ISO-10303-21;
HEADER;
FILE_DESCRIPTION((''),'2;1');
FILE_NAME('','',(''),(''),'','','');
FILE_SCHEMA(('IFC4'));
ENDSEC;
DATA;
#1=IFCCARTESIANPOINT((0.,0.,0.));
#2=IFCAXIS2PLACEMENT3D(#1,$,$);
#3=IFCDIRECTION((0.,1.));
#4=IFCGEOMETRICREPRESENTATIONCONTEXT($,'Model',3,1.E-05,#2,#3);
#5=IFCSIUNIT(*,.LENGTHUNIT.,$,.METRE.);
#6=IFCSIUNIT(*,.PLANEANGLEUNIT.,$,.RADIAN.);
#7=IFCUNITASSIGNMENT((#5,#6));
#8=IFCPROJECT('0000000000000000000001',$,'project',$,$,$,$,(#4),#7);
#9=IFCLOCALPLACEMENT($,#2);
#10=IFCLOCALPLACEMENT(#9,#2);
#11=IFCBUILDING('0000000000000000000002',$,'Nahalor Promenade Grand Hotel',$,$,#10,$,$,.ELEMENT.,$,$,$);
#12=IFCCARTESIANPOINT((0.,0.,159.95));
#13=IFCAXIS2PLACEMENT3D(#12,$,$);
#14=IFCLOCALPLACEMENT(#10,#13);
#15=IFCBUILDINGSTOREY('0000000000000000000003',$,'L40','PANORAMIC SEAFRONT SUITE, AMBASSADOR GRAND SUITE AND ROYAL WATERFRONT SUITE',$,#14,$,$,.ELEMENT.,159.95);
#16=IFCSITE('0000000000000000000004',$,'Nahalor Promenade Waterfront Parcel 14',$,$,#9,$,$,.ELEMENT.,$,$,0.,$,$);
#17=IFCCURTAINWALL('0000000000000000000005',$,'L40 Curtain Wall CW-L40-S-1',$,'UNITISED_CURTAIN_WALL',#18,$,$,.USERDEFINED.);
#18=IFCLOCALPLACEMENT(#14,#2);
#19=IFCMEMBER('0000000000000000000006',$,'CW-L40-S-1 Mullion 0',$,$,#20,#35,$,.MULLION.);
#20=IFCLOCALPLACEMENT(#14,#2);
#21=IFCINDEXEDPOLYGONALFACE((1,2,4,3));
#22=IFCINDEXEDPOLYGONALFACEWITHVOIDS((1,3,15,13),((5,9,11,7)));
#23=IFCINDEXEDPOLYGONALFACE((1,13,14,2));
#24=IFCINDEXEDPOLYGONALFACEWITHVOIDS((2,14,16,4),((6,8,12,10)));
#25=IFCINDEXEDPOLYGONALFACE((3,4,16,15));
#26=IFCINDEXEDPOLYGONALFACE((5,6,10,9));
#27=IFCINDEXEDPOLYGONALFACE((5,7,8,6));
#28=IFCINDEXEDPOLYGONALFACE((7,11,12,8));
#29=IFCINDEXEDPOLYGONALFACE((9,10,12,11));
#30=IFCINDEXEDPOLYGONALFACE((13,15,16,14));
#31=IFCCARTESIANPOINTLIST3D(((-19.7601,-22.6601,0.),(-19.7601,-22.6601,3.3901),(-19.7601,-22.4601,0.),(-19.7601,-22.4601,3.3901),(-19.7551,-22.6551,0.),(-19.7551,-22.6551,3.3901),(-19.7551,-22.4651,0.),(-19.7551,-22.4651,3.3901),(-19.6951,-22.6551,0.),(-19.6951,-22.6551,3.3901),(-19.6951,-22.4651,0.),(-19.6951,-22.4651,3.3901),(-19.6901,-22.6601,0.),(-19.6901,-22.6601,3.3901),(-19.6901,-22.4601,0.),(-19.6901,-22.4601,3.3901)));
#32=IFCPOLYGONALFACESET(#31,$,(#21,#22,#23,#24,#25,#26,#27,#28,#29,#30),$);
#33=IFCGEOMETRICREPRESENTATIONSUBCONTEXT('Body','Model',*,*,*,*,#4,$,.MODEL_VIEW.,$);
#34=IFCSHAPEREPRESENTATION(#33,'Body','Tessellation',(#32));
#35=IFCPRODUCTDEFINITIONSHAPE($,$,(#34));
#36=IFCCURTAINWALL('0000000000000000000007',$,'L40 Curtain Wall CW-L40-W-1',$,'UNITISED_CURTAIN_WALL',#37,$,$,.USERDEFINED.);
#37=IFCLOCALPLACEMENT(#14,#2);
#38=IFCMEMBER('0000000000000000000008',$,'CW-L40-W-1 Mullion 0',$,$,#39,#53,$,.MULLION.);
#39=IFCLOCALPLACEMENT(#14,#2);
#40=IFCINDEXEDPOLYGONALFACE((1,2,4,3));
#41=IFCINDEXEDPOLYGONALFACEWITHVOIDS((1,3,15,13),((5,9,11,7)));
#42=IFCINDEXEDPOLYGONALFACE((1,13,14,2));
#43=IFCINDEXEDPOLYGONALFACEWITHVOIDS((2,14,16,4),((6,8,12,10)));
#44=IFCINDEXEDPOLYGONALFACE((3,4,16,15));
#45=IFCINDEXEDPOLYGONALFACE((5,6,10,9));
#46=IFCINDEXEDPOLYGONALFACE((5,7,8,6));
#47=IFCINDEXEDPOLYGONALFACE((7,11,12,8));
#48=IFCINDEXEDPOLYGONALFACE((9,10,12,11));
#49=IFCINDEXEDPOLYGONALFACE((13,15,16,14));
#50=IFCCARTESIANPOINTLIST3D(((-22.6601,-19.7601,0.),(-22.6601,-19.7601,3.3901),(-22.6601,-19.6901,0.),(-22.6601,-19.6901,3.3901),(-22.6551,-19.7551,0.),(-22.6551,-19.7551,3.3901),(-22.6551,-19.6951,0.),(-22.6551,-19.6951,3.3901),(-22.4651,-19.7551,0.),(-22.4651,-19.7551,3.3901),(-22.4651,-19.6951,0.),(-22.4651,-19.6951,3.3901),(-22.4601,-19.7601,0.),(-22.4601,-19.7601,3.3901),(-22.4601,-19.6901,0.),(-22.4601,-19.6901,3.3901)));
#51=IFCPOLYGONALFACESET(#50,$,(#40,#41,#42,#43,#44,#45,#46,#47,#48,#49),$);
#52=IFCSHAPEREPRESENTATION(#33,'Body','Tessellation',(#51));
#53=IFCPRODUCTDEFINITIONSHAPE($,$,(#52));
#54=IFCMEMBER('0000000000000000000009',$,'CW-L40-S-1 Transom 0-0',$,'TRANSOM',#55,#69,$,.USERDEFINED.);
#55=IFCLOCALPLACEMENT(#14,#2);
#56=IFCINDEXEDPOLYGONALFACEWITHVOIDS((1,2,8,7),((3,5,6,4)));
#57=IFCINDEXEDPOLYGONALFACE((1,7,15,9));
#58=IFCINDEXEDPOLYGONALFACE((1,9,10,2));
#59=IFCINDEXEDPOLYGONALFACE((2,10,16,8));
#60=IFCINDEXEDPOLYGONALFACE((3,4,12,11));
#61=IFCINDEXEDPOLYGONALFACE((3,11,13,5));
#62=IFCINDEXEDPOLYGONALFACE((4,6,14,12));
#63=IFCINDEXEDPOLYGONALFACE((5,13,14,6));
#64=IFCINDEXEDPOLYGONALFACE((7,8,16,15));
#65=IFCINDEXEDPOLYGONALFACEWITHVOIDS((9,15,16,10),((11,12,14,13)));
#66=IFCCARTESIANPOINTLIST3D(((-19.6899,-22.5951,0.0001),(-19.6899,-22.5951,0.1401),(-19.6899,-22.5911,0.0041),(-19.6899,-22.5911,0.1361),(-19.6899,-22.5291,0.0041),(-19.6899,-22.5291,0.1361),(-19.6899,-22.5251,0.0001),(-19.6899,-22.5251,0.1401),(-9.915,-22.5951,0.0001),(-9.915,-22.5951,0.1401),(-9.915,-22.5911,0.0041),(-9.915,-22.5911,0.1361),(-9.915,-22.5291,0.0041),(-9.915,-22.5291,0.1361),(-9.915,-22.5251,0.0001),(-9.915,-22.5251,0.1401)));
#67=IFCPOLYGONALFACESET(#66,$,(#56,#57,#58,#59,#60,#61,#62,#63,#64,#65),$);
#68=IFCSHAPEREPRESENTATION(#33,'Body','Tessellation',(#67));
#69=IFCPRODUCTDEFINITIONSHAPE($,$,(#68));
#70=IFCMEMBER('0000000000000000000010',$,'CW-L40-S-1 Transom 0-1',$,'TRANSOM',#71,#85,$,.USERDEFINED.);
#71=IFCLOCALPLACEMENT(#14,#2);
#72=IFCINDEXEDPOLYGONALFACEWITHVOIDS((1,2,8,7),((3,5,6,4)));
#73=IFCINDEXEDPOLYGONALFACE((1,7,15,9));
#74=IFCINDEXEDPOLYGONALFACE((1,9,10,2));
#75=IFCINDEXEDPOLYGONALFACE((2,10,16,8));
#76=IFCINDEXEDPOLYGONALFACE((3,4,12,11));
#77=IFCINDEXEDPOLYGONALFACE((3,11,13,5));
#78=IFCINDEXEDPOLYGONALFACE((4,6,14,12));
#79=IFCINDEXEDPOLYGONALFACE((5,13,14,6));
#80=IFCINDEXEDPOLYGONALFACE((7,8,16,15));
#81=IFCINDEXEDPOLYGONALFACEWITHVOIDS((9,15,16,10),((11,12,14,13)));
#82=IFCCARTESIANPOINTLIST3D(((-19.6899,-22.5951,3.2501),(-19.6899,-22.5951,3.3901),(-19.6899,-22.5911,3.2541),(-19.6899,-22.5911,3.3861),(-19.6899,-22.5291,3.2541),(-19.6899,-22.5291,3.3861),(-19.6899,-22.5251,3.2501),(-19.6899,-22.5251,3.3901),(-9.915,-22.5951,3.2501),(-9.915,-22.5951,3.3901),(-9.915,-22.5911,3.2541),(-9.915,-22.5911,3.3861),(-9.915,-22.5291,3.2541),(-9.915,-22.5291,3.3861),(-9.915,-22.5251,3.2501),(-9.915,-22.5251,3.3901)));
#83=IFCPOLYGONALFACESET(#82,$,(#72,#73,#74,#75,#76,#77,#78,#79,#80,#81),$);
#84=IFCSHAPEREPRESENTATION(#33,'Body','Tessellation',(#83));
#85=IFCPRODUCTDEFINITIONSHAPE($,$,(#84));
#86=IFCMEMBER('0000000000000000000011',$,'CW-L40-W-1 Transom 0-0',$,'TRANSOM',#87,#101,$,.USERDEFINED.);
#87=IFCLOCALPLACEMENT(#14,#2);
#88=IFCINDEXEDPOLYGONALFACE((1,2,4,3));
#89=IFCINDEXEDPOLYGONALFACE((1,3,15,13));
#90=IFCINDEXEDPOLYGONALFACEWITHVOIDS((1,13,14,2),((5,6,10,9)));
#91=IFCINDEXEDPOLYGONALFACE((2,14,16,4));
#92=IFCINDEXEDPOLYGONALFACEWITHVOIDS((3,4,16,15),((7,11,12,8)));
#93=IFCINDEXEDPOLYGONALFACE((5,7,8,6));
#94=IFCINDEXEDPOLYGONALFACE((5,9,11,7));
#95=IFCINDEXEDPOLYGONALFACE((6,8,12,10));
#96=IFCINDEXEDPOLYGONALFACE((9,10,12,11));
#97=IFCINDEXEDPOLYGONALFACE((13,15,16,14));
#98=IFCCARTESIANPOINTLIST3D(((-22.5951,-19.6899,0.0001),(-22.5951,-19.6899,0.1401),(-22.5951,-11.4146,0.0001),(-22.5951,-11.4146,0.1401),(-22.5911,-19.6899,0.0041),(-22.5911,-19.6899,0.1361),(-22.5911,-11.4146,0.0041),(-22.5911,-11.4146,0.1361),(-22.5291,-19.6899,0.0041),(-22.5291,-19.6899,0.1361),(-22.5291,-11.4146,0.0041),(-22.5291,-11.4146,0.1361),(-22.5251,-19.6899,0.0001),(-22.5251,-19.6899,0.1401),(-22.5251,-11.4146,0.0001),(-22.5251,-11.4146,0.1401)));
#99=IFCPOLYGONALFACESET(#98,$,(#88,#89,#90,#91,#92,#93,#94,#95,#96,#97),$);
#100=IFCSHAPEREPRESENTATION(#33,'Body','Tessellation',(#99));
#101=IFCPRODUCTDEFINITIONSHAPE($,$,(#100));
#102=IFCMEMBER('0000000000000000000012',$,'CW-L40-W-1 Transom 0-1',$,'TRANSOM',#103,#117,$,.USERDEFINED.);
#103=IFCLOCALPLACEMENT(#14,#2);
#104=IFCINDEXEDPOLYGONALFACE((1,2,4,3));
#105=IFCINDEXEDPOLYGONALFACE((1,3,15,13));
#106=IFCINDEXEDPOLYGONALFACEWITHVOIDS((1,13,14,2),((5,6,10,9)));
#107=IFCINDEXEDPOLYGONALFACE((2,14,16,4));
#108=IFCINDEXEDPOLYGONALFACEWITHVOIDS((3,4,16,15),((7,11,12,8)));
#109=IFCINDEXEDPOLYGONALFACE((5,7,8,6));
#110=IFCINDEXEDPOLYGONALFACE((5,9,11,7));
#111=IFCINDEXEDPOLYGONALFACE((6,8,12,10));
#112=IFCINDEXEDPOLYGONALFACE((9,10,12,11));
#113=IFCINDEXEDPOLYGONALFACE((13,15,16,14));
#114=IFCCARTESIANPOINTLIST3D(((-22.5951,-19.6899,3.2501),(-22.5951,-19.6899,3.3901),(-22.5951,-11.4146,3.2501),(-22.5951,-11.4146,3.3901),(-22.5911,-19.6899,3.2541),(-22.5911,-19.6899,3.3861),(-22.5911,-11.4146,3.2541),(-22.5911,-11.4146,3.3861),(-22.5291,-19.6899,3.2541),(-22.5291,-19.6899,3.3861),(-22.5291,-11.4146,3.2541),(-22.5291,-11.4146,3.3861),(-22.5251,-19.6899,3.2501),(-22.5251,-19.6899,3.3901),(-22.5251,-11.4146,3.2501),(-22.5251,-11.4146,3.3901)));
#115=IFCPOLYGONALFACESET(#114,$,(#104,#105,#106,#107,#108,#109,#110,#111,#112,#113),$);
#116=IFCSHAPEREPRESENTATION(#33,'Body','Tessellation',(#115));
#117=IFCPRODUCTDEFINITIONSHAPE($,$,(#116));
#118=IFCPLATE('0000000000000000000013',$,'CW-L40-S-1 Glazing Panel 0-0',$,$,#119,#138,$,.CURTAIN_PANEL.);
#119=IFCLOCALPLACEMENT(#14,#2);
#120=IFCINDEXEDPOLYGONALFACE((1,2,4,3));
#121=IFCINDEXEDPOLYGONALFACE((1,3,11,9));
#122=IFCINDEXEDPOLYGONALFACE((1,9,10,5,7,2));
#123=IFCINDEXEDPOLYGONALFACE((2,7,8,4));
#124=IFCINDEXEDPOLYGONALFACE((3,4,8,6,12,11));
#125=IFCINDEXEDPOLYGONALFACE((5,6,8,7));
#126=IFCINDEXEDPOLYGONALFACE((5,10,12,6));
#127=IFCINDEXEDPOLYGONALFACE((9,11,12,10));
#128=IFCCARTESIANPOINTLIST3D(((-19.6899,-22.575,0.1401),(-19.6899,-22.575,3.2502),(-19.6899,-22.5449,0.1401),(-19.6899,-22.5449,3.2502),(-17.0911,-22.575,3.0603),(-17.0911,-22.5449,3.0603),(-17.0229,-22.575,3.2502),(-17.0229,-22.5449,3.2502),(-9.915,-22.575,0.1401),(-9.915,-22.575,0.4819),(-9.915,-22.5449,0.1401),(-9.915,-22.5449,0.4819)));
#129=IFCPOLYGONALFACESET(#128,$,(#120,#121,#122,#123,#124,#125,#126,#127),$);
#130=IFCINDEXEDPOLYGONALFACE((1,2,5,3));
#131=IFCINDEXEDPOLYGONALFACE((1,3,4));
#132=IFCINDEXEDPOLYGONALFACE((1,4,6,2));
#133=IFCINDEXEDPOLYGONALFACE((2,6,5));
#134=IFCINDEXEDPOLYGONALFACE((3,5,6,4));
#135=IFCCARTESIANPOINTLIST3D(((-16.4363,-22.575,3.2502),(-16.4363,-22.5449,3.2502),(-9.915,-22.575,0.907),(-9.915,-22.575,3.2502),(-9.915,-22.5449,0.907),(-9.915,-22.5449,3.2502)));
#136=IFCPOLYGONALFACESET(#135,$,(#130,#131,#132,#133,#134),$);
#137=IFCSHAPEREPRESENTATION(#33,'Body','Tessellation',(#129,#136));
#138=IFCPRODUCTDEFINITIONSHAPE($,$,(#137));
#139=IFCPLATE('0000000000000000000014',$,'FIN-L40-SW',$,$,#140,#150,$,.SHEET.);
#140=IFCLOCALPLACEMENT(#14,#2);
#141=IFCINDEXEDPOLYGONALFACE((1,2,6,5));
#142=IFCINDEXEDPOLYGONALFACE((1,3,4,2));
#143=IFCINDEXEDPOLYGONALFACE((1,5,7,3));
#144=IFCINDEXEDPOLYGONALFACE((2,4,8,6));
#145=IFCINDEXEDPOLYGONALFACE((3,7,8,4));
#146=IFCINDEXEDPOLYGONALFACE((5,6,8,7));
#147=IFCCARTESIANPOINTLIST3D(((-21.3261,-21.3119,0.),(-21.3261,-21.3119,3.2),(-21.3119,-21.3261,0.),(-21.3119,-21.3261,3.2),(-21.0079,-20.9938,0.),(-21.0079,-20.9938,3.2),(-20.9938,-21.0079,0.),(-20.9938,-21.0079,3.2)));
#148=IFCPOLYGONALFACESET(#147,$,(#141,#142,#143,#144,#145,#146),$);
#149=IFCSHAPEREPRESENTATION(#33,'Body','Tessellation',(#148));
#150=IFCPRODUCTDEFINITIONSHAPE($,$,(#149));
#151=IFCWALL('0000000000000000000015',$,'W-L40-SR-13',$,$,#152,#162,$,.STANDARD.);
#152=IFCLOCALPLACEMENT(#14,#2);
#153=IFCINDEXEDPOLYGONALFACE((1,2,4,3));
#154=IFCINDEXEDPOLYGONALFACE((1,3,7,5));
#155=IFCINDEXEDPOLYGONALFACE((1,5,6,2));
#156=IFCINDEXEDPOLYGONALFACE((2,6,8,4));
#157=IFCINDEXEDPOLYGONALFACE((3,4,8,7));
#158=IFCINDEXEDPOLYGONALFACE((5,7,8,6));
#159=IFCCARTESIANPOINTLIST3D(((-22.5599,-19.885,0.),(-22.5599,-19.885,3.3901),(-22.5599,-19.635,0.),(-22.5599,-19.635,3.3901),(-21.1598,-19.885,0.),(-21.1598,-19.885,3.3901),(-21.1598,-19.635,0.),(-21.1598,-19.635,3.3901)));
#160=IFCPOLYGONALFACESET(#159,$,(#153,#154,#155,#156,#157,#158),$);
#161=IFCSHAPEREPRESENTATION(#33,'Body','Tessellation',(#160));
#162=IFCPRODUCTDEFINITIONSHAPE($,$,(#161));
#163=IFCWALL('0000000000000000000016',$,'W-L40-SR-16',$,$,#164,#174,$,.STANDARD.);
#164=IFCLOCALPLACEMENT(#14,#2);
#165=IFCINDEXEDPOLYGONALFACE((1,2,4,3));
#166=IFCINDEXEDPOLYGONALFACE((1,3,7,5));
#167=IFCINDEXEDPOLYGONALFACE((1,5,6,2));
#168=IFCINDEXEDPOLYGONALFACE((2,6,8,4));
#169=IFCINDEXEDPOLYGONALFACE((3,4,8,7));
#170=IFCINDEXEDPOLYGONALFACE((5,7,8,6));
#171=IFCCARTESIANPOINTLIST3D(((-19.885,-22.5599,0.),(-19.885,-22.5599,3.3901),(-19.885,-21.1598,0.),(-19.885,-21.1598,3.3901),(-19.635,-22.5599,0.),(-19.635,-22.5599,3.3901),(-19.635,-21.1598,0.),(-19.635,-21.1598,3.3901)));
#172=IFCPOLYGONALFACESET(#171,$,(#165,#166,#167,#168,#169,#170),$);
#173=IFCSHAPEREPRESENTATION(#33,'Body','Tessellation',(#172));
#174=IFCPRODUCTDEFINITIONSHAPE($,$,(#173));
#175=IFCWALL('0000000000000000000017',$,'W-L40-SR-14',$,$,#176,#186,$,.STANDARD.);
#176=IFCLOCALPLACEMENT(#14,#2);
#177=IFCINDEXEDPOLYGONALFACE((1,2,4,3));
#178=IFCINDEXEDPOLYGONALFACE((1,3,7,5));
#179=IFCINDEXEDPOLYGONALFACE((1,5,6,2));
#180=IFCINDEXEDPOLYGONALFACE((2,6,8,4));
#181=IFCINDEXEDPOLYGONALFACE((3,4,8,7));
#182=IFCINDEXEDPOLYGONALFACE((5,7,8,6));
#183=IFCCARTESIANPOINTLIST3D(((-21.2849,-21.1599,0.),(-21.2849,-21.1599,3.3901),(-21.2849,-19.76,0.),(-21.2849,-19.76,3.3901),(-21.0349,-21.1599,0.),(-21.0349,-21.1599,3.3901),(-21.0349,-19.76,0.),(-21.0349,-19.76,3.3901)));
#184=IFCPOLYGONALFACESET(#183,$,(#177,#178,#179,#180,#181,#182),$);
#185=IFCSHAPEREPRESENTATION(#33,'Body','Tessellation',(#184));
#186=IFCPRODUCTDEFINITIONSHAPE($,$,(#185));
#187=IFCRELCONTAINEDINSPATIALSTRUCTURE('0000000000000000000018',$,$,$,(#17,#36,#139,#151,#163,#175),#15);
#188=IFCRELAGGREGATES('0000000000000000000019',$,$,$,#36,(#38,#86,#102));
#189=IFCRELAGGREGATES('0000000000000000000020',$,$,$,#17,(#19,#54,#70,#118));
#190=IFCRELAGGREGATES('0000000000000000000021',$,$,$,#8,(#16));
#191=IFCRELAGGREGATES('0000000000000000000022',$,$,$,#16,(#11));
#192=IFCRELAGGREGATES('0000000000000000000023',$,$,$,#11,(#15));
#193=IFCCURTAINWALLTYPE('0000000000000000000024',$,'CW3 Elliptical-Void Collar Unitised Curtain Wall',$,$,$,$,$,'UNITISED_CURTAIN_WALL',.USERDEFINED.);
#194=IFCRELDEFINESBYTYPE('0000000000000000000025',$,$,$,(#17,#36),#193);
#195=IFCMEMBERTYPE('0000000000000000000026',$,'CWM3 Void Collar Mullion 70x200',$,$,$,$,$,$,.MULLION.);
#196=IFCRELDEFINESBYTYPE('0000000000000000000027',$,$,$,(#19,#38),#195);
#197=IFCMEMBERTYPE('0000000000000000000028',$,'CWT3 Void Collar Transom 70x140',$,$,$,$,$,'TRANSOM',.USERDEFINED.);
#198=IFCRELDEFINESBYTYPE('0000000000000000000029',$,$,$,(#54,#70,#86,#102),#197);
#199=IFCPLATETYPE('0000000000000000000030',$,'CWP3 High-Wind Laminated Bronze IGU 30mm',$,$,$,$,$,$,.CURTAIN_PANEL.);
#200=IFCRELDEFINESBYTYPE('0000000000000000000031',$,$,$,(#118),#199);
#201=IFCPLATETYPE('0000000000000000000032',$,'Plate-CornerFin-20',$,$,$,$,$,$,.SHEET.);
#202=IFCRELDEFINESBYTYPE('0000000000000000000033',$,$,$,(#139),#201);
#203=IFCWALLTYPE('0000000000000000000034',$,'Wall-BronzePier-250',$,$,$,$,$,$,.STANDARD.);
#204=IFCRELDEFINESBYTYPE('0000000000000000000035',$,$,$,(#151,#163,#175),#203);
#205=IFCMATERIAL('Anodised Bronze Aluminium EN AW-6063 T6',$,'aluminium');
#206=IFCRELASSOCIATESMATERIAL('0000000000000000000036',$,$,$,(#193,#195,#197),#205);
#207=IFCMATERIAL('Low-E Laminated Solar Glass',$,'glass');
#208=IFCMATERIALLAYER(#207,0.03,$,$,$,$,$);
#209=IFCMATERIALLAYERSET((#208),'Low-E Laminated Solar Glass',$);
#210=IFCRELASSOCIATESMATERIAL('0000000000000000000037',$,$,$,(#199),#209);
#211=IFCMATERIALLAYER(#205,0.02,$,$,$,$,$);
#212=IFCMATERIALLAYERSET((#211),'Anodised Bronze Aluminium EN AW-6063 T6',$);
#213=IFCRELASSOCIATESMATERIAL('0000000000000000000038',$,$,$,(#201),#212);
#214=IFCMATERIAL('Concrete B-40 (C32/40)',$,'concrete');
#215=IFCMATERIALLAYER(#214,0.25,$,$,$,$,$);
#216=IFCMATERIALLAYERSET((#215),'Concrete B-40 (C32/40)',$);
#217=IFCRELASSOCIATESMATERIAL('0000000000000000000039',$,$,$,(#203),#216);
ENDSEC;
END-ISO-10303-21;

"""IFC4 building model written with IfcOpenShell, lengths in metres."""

from ifc_helpers import new_model, si_unit, direction, frame, frame_2d, origin, origin_2d, place, context, subcontext, project, spatial, polyline, rectangle, hollow_rectangle, outline, extrude, source, transform, mapped, material, layer, layer_set, material_profile, profile_set, type_object, element, aggregate, save


model = new_model("IFC4")

# Units and contexts
model_context = context("Model", 3, precision=1e-05, world=origin(), true_north=direction((0.0, 1.0)))
body_context = subcontext(model_context, "Body", "Model", "MODEL_VIEW")
ifc_project = project(units=[si_unit("LENGTHUNIT", "METRE"), si_unit("PLANEANGLEUNIT", "RADIAN")], contexts=[model_context])

# Site, building, storey
site_placement = place(None, origin())
site = spatial("IfcSite", under=ifc_project, at=site_placement, Name="Nahalor Promenade Waterfront Parcel 14", CompositionType="ELEMENT", RefElevation=0.0)
building_placement = place(site_placement, origin())
building = spatial("IfcBuilding", under=site, at=building_placement, Name="Nahalor Promenade Grand Hotel", CompositionType="ELEMENT")
storey_placement = place(building_placement, frame((0.0, 0.0, 159.95)))
storey = spatial("IfcBuildingStorey", under=building, at=storey_placement, Name="L40", Description="PANORAMIC SEAFRONT SUITE, AMBASSADOR GRAND SUITE AND ROYAL WATERFRONT SUITE", CompositionType="ELEMENT", Elevation=159.95)

# Curtain walls, members
ifc_material_1 = material(Name="Anodised Bronze Aluminium EN AW-6063 T6", Category="aluminium")
curtain_wall_type = type_object("IfcCurtainWallType", Name="CW3 Elliptical-Void Collar Unitised Curtain Wall", ElementType="UNITISED_CURTAIN_WALL", PredefinedType="USERDEFINED", material=ifc_material_1)
curtain_wall_1_placement = place(storey_placement, origin())
curtain_wall_1 = element("IfcCurtainWall", 1, at=curtain_wall_1_placement, inside=storey, type_object=curtain_wall_type, Name="L40 Curtain Wall CW-L40-S-1", ObjectType="UNITISED_CURTAIN_WALL", PredefinedType="USERDEFINED")
ifc_material_profile_1 = material_profile(ifc_material_1, hollow_rectangle(XDim=0.07, YDim=0.2, WallThickness=0.005, at=origin_2d()), Name="CWM 70x200x5")
ifc_profile_set_1 = profile_set([ifc_material_profile_1], Name="Anodised Bronze Aluminium EN AW-6063 T6")
member_type_1 = type_object("IfcMemberType", Name="CWM3 Void Collar Mullion 70x200", PredefinedType="MULLION", material=ifc_profile_set_1)
shared_shape_1 = source(origin(), body_context, "Body", "SweptSolid", [
    extrude(hollow_rectangle(XDim=0.07, YDim=0.2, WallThickness=0.005, at=origin_2d()), origin(), (0.0, 0.0, 1.0), 3.3901),
])
member_1_placement = place(storey_placement, frame((-19.7251, -22.5601, 0.0), z_axis=(0.0, 0.0, 1.0), x_axis=(1.0, 0.0, 0.0)))
member_1 = element("IfcMember", 2, at=member_1_placement, type_object=member_type_1, Name="CW-L40-S-1 Mullion 0", PredefinedType="MULLION", context=body_context, shape_type="MappedRepresentation", body=[
    mapped(shared_shape_1, transform((0.0, 0.0, 0.0), scale=1.0)),
])
curtain_wall_2_placement = place(storey_placement, origin())
curtain_wall_2 = element("IfcCurtainWall", 3, at=curtain_wall_2_placement, inside=storey, type_object=curtain_wall_type, Name="L40 Curtain Wall CW-L40-W-1", ObjectType="UNITISED_CURTAIN_WALL", PredefinedType="USERDEFINED")
member_2_placement = place(storey_placement, frame((-22.5601, -19.7251, 0.0), z_axis=(0.0, 0.0, 1.0), x_axis=(0.0, 1.0, 0.0)))
member_2 = element("IfcMember", 4, at=member_2_placement, type_object=member_type_1, Name="CW-L40-W-1 Mullion 0", PredefinedType="MULLION", context=body_context, shape_type="MappedRepresentation", body=[
    mapped(shared_shape_1, transform((0.0, 0.0, 0.0), scale=1.0)),
])

# Members
ifc_material_profile_2 = material_profile(ifc_material_1, hollow_rectangle(XDim=0.07, YDim=0.14, WallThickness=0.004, at=origin_2d()), Name="CWT 70x140x4")
ifc_profile_set_2 = profile_set([ifc_material_profile_2], Name="Anodised Bronze Aluminium EN AW-6063 T6")
member_type_2 = type_object("IfcMemberType", Name="CWT3 Void Collar Transom 70x140", ElementType="TRANSOM", PredefinedType="USERDEFINED", material=ifc_profile_set_2)
shared_shape_2 = source(origin(), body_context, "Body", "SweptSolid", [
    extrude(hollow_rectangle(XDim=0.07, YDim=0.14, WallThickness=0.004, at=origin_2d()), origin(), (0.0, 0.0, 1.0), 9.7749),
])
member_3_placement = place(storey_placement, frame((-19.6899, -22.5601, 0.0701), z_axis=(1.0, 0.0, 0.0), x_axis=(0.0, 1.0, 0.0)))
member_3 = element("IfcMember", 5, at=member_3_placement, type_object=member_type_2, Name="CW-L40-S-1 Transom 0-0", ObjectType="TRANSOM", PredefinedType="USERDEFINED", context=body_context, shape_type="MappedRepresentation", body=[
    mapped(shared_shape_2, transform((0.0, 0.0, 0.0), scale=1.0)),
])
member_4_placement = place(storey_placement, frame((-19.6899, -22.5601, 3.3201), z_axis=(1.0, 0.0, 0.0), x_axis=(0.0, 1.0, 0.0)))
member_4 = element("IfcMember", 6, at=member_4_placement, type_object=member_type_2, Name="CW-L40-S-1 Transom 0-1", ObjectType="TRANSOM", PredefinedType="USERDEFINED", context=body_context, shape_type="MappedRepresentation", body=[
    mapped(shared_shape_2, transform((0.0, 0.0, 0.0), scale=1.0)),
])
shared_shape_3 = source(origin(), body_context, "Body", "SweptSolid", [
    extrude(hollow_rectangle(XDim=0.07, YDim=0.14, WallThickness=0.004, at=origin_2d()), origin(), (0.0, 0.0, 1.0), 8.2754),
])
member_5_placement = place(storey_placement, frame((-22.5601, -19.6899, 0.0701), z_axis=(0.0, 1.0, 0.0), x_axis=(-1.0, 0.0, 0.0)))
member_5 = element("IfcMember", 7, at=member_5_placement, type_object=member_type_2, Name="CW-L40-W-1 Transom 0-0", ObjectType="TRANSOM", PredefinedType="USERDEFINED", context=body_context, shape_type="MappedRepresentation", body=[
    mapped(shared_shape_3, transform((0.0, 0.0, 0.0), scale=1.0)),
])
member_6_placement = place(storey_placement, frame((-22.5601, -19.6899, 3.3201), z_axis=(0.0, 1.0, 0.0), x_axis=(-1.0, 0.0, 0.0)))
member_6 = element("IfcMember", 8, at=member_6_placement, type_object=member_type_2, Name="CW-L40-W-1 Transom 0-1", ObjectType="TRANSOM", PredefinedType="USERDEFINED", context=body_context, shape_type="MappedRepresentation", body=[
    mapped(shared_shape_3, transform((0.0, 0.0, 0.0), scale=1.0)),
])
aggregate(curtain_wall_2, [member_2, member_5, member_6])

# Plates
ifc_material_2 = material(Name="Low-E Laminated Solar Glass", Category="glass")
ifc_layer_1 = layer(ifc_material_2, 0.03)
ifc_layer_set_1 = layer_set([ifc_layer_1], Name="Low-E Laminated Solar Glass")
plate_type_1 = type_object("IfcPlateType", Name="CWP3 High-Wind Laminated Bronze IGU 30mm", PredefinedType="CURTAIN_PANEL", material=ifc_layer_set_1)
plate_1_placement = place(storey_placement, frame((-14.8025, -22.5601, 0.1401), z_axis=(0.0, 0.0, 1.0), x_axis=(1.0, 0.0, 0.0)))
plate_1 = element("IfcPlate", 9, at=plate_1_placement, type_object=plate_type_1, Name="CW-L40-S-1 Glazing Panel 0-0", PredefinedType="CURTAIN_PANEL", context=body_context, shape_type="SweptSolid", body=[
    extrude(outline(polyline([(-4.8875, 0.0), (4.8875, 0.0), (4.8875, 0.3418), (-2.2886, 2.9202), (-2.2205, 3.1101), (-4.8875, 3.1101), (-4.8875, 0.0)])), frame((0.0, 0.0151, 0.0), z_axis=(0.0, -1.0, 0.0), x_axis=(1.0, 0.0, 0.0)), (0.0, 0.0, 1.0), 0.03),
    extrude(outline(polyline([(4.8875, 0.7668), (4.8875, 3.1101), (-1.6338, 3.1101), (4.8875, 0.7668)])), frame((0.0, 0.0151, 0.0), z_axis=(0.0, -1.0, 0.0), x_axis=(1.0, 0.0, 0.0)), (0.0, 0.0, 1.0), 0.03),
])
aggregate(curtain_wall_1, [member_1, member_3, member_4, plate_1])
ifc_layer_2 = layer(ifc_material_1, 0.02)
ifc_layer_set_2 = layer_set([ifc_layer_2], Name="Anodised Bronze Aluminium EN AW-6063 T6")
plate_type_2 = type_object("IfcPlateType", Name="Plate-CornerFin-20", PredefinedType="SHEET", material=ifc_layer_set_2)
shared_shape_4 = source(origin(), body_context, "Body", "SweptSolid", [
    extrude(rectangle(XDim=0.45, YDim=0.02, at=origin_2d()), origin(), (0.0, 0.0, 1.0), 3.2),
])
plate_2_placement = place(storey_placement, frame((-21.1599, -21.1599, 0.0), z_axis=(0.0, 0.0, 1.0), x_axis=(0.707107, 0.707107, 0.0)))
element("IfcPlate", 10, at=plate_2_placement, inside=storey, type_object=plate_type_2, Name="FIN-L40-SW", PredefinedType="SHEET", context=body_context, shape_type="MappedRepresentation", body=[
    mapped(shared_shape_4, transform((0.0, 0.0, 0.0), scale=1.0)),
])

# Walls
ifc_material_3 = material(Name="Concrete B-40 (C32/40)", Category="concrete")
ifc_layer_3 = layer(ifc_material_3, 0.25)
ifc_layer_set_3 = layer_set([ifc_layer_3], Name="Concrete B-40 (C32/40)")
wall_type_1 = type_object("IfcWallType", Name="Wall-BronzePier-250", PredefinedType="STANDARD", material=ifc_layer_set_3)
shared_shape_5 = source(origin(), body_context, "Body", "SweptSolid", [
    extrude(rectangle(XDim=1.4001, YDim=0.25, at=frame_2d((0.7002, 0.0))), origin(), (0.0, 0.0, 1.0), 3.3901),
])
for number, where, z_axis, x_axis, name in (
    (11, (-22.5601, -19.76, 0.0), (0.0, 0.0, 1.0), (1.0, 0.0, 0.0), "W-L40-SR-13"),
    (12, (-19.76, -22.5601, 0.0), (0.0, 0.0, 1.0), (0.0, 1.0, 0.0), "W-L40-SR-16"),
):
    element("IfcWall", number, at=place(storey_placement, frame(where, z_axis=z_axis, x_axis=x_axis)), inside=storey, type_object=wall_type_1, Name=name, PredefinedType="STANDARD", context=body_context, shape_type="MappedRepresentation", body=[
        mapped(shared_shape_5, transform((0.0, 0.0, 0.0), scale=1.0)),
    ])
shared_shape_6 = source(origin(), body_context, "Body", "SweptSolid", [
    extrude(rectangle(XDim=1.3999, YDim=0.25, at=frame_2d((0.7, 0.0))), origin(), (0.0, 0.0, 1.0), 3.3901),
])
for number, where, z_axis, x_axis, name in (
    (13, (-21.1599, -21.1599, 0.0), (0.0, 0.0, 1.0), (0.0, 1.0, 0.0), "W-L40-SR-14"),
):
    element("IfcWall", number, at=place(storey_placement, frame(where, z_axis=z_axis, x_axis=x_axis)), inside=storey, type_object=wall_type_1, Name=name, PredefinedType="STANDARD", context=body_context, shape_type="MappedRepresentation", body=[
        mapped(shared_shape_6, transform((0.0, 0.0, 0.0), scale=1.0)),
    ])

save(model, "model.ifc")
